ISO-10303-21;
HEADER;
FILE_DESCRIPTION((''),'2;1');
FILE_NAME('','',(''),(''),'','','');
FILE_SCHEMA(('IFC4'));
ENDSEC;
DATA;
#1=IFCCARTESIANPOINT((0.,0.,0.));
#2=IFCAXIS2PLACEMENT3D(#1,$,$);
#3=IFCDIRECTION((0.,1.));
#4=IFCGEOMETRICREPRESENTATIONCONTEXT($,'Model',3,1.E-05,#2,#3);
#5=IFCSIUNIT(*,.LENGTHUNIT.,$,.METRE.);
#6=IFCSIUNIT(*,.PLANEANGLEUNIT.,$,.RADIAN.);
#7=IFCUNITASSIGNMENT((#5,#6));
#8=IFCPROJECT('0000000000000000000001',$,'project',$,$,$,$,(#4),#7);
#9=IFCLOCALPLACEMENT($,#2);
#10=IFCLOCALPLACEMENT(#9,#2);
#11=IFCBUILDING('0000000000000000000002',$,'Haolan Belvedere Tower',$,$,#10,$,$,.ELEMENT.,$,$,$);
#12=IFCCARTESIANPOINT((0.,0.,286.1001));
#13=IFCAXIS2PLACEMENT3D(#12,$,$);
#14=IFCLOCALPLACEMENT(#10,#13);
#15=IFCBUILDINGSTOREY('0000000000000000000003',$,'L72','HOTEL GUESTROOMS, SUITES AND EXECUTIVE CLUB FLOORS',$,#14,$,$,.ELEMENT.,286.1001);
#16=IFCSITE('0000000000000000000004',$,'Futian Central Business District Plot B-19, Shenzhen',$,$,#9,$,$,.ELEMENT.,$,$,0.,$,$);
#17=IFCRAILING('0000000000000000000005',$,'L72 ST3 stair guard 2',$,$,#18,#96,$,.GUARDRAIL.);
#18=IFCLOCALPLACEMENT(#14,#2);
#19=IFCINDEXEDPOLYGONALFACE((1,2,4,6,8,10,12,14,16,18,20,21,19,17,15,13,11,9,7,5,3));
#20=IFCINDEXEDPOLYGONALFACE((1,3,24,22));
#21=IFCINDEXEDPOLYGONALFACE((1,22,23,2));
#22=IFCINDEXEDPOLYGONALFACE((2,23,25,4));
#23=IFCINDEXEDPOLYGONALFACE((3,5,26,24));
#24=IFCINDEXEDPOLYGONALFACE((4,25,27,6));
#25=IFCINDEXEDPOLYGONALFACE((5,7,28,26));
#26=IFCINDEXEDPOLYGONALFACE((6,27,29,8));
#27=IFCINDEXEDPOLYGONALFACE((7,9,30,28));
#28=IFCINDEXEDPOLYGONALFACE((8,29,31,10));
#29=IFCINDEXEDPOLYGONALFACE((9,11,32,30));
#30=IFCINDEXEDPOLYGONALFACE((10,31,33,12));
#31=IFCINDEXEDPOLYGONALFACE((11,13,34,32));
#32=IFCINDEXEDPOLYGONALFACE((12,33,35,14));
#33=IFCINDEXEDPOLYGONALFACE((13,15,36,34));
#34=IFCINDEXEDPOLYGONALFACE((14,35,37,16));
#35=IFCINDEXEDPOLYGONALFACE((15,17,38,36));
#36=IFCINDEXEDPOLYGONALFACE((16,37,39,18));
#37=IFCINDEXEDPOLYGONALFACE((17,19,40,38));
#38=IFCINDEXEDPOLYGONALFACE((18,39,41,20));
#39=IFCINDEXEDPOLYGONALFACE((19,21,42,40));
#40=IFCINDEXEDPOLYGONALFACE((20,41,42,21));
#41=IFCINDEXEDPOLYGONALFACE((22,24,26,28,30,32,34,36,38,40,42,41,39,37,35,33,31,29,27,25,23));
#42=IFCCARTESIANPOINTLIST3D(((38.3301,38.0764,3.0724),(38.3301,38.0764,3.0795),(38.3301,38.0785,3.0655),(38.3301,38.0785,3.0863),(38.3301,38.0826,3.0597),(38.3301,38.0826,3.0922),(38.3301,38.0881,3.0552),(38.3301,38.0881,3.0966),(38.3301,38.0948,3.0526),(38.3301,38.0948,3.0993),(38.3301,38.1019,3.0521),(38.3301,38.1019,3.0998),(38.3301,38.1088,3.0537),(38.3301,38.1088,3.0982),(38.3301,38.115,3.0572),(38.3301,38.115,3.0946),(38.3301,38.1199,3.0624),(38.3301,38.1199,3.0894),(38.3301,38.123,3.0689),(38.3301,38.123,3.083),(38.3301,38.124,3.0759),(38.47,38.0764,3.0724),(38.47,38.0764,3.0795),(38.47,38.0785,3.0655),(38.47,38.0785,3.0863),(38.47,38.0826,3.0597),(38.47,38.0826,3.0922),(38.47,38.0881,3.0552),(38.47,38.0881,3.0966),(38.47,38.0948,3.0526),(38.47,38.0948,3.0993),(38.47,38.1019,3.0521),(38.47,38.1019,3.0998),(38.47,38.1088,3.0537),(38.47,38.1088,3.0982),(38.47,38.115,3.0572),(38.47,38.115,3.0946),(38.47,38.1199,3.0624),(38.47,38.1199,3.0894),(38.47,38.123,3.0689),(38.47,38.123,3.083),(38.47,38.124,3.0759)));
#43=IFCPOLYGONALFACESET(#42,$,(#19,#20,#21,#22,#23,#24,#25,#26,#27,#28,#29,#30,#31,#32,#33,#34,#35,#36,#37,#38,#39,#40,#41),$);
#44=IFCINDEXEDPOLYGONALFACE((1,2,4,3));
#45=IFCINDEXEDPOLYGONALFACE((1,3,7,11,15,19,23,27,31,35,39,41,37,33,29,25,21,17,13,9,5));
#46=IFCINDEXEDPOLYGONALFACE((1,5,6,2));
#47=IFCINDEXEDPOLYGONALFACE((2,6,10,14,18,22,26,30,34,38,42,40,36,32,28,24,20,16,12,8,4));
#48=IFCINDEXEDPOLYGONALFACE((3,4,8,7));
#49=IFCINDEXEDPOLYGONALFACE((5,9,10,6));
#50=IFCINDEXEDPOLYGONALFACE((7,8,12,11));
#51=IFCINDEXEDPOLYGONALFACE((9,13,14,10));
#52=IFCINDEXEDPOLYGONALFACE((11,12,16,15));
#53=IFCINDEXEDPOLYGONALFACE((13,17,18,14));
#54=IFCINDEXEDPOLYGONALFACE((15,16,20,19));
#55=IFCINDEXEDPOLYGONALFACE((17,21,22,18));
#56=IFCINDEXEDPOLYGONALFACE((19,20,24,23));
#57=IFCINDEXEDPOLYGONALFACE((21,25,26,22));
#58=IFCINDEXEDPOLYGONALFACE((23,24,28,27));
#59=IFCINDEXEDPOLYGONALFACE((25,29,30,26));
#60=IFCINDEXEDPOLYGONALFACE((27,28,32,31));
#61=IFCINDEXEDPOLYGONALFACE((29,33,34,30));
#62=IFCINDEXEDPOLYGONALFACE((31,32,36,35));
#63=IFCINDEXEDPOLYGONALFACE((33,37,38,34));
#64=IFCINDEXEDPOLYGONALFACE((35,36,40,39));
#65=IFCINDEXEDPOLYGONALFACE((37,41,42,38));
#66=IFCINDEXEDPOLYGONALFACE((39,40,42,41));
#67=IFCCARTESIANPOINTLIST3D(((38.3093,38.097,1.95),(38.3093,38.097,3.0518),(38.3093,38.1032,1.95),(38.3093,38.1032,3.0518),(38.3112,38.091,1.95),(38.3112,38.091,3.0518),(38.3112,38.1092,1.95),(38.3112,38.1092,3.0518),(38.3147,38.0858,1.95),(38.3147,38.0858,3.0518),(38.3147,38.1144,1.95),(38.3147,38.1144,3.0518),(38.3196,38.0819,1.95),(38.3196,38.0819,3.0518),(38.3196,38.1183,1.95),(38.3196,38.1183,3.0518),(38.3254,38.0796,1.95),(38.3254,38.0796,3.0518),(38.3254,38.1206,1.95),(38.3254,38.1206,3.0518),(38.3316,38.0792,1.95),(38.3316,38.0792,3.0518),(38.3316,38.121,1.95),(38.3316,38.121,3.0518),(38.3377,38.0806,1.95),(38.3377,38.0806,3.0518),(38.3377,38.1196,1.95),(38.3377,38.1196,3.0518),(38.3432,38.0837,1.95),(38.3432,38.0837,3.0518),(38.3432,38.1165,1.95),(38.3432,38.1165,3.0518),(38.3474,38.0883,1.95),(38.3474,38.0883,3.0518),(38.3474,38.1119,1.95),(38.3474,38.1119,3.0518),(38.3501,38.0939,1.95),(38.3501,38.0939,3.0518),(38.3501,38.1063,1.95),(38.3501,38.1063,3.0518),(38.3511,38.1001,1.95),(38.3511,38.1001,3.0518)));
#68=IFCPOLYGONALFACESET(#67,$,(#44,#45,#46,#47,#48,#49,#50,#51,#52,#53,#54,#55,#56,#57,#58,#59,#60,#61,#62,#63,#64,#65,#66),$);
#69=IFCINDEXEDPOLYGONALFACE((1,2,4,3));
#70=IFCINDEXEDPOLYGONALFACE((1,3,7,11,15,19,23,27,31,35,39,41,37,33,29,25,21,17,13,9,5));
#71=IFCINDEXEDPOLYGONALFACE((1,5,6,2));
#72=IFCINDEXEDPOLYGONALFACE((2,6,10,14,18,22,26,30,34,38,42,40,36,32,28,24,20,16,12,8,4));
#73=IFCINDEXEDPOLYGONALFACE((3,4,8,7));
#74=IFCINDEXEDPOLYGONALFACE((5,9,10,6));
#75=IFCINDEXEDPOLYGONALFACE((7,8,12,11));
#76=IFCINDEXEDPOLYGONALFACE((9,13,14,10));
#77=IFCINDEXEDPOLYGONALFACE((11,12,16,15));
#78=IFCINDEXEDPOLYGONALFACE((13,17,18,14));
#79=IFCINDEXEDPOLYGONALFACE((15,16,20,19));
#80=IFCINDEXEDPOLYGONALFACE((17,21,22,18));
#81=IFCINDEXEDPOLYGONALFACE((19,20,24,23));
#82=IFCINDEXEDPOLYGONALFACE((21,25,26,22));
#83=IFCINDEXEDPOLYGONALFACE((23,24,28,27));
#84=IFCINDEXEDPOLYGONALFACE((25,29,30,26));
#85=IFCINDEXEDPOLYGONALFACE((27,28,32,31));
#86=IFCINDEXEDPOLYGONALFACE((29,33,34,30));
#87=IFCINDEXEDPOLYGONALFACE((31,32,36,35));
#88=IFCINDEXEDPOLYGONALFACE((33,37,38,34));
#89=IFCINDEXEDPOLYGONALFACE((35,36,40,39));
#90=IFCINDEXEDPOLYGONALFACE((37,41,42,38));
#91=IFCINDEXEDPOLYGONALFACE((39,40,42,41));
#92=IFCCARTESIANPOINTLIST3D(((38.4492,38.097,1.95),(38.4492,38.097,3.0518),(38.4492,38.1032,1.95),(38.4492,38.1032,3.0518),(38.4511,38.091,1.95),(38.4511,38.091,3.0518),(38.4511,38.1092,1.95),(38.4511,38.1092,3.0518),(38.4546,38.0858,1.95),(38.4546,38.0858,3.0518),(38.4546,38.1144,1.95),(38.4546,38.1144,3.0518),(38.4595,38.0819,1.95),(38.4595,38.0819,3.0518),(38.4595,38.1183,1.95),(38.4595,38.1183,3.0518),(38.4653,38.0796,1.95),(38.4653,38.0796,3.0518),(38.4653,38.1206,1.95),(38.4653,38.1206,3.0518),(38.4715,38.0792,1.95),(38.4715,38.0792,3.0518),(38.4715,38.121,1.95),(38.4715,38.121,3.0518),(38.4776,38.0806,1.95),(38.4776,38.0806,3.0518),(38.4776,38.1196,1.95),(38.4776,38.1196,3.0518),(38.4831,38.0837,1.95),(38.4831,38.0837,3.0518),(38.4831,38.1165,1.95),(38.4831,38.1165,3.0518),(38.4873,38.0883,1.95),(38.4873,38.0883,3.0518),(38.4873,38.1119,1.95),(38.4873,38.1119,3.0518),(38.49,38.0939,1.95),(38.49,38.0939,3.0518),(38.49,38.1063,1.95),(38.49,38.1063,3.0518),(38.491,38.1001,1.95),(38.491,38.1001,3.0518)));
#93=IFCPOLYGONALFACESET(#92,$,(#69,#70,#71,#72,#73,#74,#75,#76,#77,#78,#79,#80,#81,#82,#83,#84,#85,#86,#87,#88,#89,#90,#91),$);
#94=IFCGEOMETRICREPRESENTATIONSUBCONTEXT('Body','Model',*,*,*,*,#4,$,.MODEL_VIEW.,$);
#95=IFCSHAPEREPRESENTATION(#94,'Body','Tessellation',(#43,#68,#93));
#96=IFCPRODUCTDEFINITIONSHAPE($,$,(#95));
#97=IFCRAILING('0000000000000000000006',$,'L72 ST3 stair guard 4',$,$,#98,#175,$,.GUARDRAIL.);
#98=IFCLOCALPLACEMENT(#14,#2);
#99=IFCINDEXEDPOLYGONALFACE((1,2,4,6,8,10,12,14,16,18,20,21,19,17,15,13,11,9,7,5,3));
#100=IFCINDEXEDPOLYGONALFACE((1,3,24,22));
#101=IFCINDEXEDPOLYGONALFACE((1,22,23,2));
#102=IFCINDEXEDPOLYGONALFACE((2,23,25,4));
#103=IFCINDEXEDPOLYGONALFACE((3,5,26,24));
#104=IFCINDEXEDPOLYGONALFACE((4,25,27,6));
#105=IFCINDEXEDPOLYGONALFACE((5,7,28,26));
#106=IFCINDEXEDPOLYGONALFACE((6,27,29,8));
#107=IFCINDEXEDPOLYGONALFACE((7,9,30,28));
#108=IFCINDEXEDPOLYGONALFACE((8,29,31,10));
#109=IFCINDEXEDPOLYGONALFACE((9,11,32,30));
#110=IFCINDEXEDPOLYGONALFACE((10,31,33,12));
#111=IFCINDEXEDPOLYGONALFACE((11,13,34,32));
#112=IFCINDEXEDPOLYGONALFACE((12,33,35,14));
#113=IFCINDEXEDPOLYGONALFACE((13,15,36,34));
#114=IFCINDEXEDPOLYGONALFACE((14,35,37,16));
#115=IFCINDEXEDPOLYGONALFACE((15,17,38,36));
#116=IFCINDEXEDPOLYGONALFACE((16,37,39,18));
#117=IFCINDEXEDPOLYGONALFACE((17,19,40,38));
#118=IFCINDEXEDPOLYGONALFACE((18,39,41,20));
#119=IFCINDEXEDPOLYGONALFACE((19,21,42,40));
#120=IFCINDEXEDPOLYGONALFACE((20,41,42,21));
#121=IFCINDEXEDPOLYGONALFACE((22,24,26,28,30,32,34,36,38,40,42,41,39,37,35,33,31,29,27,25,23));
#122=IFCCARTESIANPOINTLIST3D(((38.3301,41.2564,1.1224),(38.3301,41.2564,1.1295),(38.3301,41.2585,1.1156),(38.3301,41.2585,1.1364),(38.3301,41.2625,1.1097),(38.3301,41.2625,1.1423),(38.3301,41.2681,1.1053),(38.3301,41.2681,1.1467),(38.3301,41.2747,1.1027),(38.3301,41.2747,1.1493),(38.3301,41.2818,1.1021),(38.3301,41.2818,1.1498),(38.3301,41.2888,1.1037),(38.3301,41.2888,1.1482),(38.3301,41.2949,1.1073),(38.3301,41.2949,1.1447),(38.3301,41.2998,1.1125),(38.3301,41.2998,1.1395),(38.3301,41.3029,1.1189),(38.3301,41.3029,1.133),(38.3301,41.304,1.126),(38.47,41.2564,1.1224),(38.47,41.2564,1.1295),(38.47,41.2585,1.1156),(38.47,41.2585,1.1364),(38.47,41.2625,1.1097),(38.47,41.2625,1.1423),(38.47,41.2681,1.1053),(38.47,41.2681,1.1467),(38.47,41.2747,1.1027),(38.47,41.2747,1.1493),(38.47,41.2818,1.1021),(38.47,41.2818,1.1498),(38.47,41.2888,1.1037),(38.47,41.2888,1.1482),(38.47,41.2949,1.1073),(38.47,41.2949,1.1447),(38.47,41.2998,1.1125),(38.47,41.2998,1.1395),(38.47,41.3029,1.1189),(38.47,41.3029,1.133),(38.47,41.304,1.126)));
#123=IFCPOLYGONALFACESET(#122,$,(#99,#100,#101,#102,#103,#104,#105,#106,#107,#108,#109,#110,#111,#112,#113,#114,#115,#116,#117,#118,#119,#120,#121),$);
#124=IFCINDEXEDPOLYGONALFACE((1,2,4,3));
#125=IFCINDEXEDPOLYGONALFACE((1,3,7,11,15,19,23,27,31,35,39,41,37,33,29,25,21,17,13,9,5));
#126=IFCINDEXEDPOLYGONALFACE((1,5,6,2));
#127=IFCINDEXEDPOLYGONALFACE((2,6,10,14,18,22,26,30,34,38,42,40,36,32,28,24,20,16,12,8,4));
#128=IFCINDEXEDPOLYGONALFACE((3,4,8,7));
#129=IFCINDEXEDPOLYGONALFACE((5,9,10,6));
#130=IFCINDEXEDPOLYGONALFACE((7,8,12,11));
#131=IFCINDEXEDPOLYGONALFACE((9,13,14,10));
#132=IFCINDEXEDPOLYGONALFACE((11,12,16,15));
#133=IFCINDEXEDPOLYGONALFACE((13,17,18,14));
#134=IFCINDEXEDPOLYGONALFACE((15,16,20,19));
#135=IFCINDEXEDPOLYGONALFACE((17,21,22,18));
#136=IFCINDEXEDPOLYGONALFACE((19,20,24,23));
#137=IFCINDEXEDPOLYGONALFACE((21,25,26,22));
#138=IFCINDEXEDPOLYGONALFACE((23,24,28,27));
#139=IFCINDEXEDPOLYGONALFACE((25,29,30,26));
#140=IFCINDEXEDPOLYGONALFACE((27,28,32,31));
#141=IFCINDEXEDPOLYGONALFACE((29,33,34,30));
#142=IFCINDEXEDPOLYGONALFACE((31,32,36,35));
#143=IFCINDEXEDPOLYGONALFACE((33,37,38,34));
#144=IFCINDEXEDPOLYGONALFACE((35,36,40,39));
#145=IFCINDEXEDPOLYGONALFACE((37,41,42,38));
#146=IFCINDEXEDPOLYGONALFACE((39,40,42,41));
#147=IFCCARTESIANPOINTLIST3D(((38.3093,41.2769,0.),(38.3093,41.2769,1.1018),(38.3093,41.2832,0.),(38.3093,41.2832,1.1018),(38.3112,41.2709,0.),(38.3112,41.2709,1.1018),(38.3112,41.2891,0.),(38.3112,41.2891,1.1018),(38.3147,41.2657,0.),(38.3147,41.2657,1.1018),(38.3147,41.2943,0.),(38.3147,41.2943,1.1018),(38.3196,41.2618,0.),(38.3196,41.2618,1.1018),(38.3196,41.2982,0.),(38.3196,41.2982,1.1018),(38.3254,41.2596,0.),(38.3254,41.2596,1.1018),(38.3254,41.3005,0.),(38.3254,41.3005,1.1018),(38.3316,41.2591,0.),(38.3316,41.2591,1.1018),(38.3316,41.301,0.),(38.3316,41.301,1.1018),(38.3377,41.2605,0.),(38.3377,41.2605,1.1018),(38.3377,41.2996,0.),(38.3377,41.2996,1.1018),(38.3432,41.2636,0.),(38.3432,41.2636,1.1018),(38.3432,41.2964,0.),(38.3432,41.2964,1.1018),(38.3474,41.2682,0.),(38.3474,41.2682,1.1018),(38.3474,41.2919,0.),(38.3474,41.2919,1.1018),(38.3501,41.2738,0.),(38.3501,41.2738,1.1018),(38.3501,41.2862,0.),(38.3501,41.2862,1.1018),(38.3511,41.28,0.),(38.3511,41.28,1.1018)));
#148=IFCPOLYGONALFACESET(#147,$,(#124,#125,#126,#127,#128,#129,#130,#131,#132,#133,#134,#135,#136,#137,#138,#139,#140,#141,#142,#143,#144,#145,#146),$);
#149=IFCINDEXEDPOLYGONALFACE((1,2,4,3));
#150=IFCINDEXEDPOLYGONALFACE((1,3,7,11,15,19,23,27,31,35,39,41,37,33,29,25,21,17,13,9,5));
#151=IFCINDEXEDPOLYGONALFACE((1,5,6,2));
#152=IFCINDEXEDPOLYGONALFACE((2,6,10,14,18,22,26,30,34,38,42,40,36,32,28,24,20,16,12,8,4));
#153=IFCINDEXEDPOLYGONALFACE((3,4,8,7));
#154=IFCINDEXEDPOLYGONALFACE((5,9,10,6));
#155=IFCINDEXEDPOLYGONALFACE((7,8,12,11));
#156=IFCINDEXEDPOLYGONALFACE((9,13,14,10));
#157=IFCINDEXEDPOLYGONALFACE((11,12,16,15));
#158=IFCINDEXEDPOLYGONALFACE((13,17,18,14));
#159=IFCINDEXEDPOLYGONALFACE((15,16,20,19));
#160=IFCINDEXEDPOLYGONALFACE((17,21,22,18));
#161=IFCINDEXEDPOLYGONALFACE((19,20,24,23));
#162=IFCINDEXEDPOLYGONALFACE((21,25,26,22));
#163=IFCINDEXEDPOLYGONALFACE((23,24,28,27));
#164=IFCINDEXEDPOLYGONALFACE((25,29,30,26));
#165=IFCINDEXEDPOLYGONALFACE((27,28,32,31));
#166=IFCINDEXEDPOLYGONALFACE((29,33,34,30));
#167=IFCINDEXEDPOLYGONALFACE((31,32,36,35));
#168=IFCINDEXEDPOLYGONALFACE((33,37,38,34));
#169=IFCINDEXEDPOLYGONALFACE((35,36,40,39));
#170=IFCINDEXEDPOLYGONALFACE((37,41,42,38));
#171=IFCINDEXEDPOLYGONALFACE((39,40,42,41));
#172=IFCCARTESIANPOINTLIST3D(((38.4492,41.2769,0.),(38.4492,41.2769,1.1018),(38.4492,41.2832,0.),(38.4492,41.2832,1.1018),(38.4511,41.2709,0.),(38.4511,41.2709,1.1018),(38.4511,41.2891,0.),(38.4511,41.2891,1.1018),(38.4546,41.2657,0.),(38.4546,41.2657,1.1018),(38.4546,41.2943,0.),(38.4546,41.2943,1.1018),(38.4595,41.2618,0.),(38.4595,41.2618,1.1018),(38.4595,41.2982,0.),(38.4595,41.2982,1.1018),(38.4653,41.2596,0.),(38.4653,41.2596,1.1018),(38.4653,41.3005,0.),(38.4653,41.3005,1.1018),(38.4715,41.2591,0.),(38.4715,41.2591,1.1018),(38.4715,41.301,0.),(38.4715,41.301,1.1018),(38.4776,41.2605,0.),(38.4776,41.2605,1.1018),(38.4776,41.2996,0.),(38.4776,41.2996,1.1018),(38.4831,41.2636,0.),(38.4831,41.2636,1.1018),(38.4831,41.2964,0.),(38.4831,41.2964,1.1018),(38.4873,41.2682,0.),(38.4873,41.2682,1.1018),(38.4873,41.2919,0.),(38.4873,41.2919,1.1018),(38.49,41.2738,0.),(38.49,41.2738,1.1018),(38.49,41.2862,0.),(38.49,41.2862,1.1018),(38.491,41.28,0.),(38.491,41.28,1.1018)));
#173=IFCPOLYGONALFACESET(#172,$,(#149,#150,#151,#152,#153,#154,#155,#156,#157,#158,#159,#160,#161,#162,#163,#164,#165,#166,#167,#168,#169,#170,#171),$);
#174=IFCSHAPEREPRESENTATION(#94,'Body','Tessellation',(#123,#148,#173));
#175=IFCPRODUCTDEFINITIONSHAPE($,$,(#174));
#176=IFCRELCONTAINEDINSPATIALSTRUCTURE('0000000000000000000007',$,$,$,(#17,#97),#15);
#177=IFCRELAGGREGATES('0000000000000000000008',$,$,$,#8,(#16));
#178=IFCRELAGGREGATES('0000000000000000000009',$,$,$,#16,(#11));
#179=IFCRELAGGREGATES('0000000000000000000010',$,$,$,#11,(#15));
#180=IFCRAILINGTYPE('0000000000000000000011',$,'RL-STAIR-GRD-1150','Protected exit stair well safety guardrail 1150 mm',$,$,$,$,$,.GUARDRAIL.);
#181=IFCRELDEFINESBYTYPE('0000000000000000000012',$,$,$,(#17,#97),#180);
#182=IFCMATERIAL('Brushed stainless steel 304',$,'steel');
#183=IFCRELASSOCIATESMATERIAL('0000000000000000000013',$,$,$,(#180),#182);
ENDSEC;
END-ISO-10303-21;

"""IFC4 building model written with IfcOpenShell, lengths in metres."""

from ifc_helpers import new_model, si_unit, direction, frame, origin, origin_2d, place, context, subcontext, project, spatial, circle, extrude, material, type_object, element, save


model = new_model("IFC4")

# Units and contexts
model_context = context("Model", 3, precision=1e-05, world=origin(), true_north=direction((0.0, 1.0)))
body_context = subcontext(model_context, "Body", "Model", "MODEL_VIEW")
ifc_project = project(units=[si_unit("LENGTHUNIT", "METRE"), si_unit("PLANEANGLEUNIT", "RADIAN")], contexts=[model_context])

# Site, building, storey
site_placement = place(None, origin())
site = spatial("IfcSite", under=ifc_project, at=site_placement, Name="Futian Central Business District Plot B-19, Shenzhen", CompositionType="ELEMENT", RefElevation=0.0)
building_placement = place(site_placement, origin())
building = spatial("IfcBuilding", under=site, at=building_placement, Name="Haolan Belvedere Tower", CompositionType="ELEMENT")
storey_placement = place(building_placement, frame((0.0, 0.0, 286.1001)))
storey = spatial("IfcBuildingStorey", under=building, at=storey_placement, Name="L72", Description="HOTEL GUESTROOMS, SUITES AND EXECUTIVE CLUB FLOORS", CompositionType="ELEMENT", Elevation=286.1001)

# Railings
ifc_material_1 = material(Name="Brushed stainless steel 304", Category="steel")
railing_type_1 = type_object("IfcRailingType", Name="RL-STAIR-GRD-1150", Description="Protected exit stair well safety guardrail 1150 mm", PredefinedType="GUARDRAIL", material=ifc_material_1)
for number, where, name in (
    (1, (38.3301, 38.1001, 1.95), "L72 ST3 stair guard 2"),
    (2, (38.3301, 41.28, 0.0), "L72 ST3 stair guard 4"),
):
    element("IfcRailing", number, at=place(storey_placement, frame(where)), inside=storey, type_object=railing_type_1, Name=name, PredefinedType="GUARDRAIL", context=body_context, shape_type="SweptSolid", body=[
        extrude(circle(Radius=0.0239, at=origin_2d()), frame((0.0, 0.0, 1.126), z_axis=(1.0, 0.0, 0.0), x_axis=(0.0, 1.0, 0.0)), (0.0, 0.0, 1.0), 0.1399),
        extrude(circle(Radius=0.021, at=origin_2d()), origin(), (0.0, 0.0, 1.0), 1.1018),
        extrude(circle(Radius=0.021, at=origin_2d()), frame((0.1399, 0.0, 0.0)), (0.0, 0.0, 1.0), 1.1018),
    ])

save(model, "model.ifc")
